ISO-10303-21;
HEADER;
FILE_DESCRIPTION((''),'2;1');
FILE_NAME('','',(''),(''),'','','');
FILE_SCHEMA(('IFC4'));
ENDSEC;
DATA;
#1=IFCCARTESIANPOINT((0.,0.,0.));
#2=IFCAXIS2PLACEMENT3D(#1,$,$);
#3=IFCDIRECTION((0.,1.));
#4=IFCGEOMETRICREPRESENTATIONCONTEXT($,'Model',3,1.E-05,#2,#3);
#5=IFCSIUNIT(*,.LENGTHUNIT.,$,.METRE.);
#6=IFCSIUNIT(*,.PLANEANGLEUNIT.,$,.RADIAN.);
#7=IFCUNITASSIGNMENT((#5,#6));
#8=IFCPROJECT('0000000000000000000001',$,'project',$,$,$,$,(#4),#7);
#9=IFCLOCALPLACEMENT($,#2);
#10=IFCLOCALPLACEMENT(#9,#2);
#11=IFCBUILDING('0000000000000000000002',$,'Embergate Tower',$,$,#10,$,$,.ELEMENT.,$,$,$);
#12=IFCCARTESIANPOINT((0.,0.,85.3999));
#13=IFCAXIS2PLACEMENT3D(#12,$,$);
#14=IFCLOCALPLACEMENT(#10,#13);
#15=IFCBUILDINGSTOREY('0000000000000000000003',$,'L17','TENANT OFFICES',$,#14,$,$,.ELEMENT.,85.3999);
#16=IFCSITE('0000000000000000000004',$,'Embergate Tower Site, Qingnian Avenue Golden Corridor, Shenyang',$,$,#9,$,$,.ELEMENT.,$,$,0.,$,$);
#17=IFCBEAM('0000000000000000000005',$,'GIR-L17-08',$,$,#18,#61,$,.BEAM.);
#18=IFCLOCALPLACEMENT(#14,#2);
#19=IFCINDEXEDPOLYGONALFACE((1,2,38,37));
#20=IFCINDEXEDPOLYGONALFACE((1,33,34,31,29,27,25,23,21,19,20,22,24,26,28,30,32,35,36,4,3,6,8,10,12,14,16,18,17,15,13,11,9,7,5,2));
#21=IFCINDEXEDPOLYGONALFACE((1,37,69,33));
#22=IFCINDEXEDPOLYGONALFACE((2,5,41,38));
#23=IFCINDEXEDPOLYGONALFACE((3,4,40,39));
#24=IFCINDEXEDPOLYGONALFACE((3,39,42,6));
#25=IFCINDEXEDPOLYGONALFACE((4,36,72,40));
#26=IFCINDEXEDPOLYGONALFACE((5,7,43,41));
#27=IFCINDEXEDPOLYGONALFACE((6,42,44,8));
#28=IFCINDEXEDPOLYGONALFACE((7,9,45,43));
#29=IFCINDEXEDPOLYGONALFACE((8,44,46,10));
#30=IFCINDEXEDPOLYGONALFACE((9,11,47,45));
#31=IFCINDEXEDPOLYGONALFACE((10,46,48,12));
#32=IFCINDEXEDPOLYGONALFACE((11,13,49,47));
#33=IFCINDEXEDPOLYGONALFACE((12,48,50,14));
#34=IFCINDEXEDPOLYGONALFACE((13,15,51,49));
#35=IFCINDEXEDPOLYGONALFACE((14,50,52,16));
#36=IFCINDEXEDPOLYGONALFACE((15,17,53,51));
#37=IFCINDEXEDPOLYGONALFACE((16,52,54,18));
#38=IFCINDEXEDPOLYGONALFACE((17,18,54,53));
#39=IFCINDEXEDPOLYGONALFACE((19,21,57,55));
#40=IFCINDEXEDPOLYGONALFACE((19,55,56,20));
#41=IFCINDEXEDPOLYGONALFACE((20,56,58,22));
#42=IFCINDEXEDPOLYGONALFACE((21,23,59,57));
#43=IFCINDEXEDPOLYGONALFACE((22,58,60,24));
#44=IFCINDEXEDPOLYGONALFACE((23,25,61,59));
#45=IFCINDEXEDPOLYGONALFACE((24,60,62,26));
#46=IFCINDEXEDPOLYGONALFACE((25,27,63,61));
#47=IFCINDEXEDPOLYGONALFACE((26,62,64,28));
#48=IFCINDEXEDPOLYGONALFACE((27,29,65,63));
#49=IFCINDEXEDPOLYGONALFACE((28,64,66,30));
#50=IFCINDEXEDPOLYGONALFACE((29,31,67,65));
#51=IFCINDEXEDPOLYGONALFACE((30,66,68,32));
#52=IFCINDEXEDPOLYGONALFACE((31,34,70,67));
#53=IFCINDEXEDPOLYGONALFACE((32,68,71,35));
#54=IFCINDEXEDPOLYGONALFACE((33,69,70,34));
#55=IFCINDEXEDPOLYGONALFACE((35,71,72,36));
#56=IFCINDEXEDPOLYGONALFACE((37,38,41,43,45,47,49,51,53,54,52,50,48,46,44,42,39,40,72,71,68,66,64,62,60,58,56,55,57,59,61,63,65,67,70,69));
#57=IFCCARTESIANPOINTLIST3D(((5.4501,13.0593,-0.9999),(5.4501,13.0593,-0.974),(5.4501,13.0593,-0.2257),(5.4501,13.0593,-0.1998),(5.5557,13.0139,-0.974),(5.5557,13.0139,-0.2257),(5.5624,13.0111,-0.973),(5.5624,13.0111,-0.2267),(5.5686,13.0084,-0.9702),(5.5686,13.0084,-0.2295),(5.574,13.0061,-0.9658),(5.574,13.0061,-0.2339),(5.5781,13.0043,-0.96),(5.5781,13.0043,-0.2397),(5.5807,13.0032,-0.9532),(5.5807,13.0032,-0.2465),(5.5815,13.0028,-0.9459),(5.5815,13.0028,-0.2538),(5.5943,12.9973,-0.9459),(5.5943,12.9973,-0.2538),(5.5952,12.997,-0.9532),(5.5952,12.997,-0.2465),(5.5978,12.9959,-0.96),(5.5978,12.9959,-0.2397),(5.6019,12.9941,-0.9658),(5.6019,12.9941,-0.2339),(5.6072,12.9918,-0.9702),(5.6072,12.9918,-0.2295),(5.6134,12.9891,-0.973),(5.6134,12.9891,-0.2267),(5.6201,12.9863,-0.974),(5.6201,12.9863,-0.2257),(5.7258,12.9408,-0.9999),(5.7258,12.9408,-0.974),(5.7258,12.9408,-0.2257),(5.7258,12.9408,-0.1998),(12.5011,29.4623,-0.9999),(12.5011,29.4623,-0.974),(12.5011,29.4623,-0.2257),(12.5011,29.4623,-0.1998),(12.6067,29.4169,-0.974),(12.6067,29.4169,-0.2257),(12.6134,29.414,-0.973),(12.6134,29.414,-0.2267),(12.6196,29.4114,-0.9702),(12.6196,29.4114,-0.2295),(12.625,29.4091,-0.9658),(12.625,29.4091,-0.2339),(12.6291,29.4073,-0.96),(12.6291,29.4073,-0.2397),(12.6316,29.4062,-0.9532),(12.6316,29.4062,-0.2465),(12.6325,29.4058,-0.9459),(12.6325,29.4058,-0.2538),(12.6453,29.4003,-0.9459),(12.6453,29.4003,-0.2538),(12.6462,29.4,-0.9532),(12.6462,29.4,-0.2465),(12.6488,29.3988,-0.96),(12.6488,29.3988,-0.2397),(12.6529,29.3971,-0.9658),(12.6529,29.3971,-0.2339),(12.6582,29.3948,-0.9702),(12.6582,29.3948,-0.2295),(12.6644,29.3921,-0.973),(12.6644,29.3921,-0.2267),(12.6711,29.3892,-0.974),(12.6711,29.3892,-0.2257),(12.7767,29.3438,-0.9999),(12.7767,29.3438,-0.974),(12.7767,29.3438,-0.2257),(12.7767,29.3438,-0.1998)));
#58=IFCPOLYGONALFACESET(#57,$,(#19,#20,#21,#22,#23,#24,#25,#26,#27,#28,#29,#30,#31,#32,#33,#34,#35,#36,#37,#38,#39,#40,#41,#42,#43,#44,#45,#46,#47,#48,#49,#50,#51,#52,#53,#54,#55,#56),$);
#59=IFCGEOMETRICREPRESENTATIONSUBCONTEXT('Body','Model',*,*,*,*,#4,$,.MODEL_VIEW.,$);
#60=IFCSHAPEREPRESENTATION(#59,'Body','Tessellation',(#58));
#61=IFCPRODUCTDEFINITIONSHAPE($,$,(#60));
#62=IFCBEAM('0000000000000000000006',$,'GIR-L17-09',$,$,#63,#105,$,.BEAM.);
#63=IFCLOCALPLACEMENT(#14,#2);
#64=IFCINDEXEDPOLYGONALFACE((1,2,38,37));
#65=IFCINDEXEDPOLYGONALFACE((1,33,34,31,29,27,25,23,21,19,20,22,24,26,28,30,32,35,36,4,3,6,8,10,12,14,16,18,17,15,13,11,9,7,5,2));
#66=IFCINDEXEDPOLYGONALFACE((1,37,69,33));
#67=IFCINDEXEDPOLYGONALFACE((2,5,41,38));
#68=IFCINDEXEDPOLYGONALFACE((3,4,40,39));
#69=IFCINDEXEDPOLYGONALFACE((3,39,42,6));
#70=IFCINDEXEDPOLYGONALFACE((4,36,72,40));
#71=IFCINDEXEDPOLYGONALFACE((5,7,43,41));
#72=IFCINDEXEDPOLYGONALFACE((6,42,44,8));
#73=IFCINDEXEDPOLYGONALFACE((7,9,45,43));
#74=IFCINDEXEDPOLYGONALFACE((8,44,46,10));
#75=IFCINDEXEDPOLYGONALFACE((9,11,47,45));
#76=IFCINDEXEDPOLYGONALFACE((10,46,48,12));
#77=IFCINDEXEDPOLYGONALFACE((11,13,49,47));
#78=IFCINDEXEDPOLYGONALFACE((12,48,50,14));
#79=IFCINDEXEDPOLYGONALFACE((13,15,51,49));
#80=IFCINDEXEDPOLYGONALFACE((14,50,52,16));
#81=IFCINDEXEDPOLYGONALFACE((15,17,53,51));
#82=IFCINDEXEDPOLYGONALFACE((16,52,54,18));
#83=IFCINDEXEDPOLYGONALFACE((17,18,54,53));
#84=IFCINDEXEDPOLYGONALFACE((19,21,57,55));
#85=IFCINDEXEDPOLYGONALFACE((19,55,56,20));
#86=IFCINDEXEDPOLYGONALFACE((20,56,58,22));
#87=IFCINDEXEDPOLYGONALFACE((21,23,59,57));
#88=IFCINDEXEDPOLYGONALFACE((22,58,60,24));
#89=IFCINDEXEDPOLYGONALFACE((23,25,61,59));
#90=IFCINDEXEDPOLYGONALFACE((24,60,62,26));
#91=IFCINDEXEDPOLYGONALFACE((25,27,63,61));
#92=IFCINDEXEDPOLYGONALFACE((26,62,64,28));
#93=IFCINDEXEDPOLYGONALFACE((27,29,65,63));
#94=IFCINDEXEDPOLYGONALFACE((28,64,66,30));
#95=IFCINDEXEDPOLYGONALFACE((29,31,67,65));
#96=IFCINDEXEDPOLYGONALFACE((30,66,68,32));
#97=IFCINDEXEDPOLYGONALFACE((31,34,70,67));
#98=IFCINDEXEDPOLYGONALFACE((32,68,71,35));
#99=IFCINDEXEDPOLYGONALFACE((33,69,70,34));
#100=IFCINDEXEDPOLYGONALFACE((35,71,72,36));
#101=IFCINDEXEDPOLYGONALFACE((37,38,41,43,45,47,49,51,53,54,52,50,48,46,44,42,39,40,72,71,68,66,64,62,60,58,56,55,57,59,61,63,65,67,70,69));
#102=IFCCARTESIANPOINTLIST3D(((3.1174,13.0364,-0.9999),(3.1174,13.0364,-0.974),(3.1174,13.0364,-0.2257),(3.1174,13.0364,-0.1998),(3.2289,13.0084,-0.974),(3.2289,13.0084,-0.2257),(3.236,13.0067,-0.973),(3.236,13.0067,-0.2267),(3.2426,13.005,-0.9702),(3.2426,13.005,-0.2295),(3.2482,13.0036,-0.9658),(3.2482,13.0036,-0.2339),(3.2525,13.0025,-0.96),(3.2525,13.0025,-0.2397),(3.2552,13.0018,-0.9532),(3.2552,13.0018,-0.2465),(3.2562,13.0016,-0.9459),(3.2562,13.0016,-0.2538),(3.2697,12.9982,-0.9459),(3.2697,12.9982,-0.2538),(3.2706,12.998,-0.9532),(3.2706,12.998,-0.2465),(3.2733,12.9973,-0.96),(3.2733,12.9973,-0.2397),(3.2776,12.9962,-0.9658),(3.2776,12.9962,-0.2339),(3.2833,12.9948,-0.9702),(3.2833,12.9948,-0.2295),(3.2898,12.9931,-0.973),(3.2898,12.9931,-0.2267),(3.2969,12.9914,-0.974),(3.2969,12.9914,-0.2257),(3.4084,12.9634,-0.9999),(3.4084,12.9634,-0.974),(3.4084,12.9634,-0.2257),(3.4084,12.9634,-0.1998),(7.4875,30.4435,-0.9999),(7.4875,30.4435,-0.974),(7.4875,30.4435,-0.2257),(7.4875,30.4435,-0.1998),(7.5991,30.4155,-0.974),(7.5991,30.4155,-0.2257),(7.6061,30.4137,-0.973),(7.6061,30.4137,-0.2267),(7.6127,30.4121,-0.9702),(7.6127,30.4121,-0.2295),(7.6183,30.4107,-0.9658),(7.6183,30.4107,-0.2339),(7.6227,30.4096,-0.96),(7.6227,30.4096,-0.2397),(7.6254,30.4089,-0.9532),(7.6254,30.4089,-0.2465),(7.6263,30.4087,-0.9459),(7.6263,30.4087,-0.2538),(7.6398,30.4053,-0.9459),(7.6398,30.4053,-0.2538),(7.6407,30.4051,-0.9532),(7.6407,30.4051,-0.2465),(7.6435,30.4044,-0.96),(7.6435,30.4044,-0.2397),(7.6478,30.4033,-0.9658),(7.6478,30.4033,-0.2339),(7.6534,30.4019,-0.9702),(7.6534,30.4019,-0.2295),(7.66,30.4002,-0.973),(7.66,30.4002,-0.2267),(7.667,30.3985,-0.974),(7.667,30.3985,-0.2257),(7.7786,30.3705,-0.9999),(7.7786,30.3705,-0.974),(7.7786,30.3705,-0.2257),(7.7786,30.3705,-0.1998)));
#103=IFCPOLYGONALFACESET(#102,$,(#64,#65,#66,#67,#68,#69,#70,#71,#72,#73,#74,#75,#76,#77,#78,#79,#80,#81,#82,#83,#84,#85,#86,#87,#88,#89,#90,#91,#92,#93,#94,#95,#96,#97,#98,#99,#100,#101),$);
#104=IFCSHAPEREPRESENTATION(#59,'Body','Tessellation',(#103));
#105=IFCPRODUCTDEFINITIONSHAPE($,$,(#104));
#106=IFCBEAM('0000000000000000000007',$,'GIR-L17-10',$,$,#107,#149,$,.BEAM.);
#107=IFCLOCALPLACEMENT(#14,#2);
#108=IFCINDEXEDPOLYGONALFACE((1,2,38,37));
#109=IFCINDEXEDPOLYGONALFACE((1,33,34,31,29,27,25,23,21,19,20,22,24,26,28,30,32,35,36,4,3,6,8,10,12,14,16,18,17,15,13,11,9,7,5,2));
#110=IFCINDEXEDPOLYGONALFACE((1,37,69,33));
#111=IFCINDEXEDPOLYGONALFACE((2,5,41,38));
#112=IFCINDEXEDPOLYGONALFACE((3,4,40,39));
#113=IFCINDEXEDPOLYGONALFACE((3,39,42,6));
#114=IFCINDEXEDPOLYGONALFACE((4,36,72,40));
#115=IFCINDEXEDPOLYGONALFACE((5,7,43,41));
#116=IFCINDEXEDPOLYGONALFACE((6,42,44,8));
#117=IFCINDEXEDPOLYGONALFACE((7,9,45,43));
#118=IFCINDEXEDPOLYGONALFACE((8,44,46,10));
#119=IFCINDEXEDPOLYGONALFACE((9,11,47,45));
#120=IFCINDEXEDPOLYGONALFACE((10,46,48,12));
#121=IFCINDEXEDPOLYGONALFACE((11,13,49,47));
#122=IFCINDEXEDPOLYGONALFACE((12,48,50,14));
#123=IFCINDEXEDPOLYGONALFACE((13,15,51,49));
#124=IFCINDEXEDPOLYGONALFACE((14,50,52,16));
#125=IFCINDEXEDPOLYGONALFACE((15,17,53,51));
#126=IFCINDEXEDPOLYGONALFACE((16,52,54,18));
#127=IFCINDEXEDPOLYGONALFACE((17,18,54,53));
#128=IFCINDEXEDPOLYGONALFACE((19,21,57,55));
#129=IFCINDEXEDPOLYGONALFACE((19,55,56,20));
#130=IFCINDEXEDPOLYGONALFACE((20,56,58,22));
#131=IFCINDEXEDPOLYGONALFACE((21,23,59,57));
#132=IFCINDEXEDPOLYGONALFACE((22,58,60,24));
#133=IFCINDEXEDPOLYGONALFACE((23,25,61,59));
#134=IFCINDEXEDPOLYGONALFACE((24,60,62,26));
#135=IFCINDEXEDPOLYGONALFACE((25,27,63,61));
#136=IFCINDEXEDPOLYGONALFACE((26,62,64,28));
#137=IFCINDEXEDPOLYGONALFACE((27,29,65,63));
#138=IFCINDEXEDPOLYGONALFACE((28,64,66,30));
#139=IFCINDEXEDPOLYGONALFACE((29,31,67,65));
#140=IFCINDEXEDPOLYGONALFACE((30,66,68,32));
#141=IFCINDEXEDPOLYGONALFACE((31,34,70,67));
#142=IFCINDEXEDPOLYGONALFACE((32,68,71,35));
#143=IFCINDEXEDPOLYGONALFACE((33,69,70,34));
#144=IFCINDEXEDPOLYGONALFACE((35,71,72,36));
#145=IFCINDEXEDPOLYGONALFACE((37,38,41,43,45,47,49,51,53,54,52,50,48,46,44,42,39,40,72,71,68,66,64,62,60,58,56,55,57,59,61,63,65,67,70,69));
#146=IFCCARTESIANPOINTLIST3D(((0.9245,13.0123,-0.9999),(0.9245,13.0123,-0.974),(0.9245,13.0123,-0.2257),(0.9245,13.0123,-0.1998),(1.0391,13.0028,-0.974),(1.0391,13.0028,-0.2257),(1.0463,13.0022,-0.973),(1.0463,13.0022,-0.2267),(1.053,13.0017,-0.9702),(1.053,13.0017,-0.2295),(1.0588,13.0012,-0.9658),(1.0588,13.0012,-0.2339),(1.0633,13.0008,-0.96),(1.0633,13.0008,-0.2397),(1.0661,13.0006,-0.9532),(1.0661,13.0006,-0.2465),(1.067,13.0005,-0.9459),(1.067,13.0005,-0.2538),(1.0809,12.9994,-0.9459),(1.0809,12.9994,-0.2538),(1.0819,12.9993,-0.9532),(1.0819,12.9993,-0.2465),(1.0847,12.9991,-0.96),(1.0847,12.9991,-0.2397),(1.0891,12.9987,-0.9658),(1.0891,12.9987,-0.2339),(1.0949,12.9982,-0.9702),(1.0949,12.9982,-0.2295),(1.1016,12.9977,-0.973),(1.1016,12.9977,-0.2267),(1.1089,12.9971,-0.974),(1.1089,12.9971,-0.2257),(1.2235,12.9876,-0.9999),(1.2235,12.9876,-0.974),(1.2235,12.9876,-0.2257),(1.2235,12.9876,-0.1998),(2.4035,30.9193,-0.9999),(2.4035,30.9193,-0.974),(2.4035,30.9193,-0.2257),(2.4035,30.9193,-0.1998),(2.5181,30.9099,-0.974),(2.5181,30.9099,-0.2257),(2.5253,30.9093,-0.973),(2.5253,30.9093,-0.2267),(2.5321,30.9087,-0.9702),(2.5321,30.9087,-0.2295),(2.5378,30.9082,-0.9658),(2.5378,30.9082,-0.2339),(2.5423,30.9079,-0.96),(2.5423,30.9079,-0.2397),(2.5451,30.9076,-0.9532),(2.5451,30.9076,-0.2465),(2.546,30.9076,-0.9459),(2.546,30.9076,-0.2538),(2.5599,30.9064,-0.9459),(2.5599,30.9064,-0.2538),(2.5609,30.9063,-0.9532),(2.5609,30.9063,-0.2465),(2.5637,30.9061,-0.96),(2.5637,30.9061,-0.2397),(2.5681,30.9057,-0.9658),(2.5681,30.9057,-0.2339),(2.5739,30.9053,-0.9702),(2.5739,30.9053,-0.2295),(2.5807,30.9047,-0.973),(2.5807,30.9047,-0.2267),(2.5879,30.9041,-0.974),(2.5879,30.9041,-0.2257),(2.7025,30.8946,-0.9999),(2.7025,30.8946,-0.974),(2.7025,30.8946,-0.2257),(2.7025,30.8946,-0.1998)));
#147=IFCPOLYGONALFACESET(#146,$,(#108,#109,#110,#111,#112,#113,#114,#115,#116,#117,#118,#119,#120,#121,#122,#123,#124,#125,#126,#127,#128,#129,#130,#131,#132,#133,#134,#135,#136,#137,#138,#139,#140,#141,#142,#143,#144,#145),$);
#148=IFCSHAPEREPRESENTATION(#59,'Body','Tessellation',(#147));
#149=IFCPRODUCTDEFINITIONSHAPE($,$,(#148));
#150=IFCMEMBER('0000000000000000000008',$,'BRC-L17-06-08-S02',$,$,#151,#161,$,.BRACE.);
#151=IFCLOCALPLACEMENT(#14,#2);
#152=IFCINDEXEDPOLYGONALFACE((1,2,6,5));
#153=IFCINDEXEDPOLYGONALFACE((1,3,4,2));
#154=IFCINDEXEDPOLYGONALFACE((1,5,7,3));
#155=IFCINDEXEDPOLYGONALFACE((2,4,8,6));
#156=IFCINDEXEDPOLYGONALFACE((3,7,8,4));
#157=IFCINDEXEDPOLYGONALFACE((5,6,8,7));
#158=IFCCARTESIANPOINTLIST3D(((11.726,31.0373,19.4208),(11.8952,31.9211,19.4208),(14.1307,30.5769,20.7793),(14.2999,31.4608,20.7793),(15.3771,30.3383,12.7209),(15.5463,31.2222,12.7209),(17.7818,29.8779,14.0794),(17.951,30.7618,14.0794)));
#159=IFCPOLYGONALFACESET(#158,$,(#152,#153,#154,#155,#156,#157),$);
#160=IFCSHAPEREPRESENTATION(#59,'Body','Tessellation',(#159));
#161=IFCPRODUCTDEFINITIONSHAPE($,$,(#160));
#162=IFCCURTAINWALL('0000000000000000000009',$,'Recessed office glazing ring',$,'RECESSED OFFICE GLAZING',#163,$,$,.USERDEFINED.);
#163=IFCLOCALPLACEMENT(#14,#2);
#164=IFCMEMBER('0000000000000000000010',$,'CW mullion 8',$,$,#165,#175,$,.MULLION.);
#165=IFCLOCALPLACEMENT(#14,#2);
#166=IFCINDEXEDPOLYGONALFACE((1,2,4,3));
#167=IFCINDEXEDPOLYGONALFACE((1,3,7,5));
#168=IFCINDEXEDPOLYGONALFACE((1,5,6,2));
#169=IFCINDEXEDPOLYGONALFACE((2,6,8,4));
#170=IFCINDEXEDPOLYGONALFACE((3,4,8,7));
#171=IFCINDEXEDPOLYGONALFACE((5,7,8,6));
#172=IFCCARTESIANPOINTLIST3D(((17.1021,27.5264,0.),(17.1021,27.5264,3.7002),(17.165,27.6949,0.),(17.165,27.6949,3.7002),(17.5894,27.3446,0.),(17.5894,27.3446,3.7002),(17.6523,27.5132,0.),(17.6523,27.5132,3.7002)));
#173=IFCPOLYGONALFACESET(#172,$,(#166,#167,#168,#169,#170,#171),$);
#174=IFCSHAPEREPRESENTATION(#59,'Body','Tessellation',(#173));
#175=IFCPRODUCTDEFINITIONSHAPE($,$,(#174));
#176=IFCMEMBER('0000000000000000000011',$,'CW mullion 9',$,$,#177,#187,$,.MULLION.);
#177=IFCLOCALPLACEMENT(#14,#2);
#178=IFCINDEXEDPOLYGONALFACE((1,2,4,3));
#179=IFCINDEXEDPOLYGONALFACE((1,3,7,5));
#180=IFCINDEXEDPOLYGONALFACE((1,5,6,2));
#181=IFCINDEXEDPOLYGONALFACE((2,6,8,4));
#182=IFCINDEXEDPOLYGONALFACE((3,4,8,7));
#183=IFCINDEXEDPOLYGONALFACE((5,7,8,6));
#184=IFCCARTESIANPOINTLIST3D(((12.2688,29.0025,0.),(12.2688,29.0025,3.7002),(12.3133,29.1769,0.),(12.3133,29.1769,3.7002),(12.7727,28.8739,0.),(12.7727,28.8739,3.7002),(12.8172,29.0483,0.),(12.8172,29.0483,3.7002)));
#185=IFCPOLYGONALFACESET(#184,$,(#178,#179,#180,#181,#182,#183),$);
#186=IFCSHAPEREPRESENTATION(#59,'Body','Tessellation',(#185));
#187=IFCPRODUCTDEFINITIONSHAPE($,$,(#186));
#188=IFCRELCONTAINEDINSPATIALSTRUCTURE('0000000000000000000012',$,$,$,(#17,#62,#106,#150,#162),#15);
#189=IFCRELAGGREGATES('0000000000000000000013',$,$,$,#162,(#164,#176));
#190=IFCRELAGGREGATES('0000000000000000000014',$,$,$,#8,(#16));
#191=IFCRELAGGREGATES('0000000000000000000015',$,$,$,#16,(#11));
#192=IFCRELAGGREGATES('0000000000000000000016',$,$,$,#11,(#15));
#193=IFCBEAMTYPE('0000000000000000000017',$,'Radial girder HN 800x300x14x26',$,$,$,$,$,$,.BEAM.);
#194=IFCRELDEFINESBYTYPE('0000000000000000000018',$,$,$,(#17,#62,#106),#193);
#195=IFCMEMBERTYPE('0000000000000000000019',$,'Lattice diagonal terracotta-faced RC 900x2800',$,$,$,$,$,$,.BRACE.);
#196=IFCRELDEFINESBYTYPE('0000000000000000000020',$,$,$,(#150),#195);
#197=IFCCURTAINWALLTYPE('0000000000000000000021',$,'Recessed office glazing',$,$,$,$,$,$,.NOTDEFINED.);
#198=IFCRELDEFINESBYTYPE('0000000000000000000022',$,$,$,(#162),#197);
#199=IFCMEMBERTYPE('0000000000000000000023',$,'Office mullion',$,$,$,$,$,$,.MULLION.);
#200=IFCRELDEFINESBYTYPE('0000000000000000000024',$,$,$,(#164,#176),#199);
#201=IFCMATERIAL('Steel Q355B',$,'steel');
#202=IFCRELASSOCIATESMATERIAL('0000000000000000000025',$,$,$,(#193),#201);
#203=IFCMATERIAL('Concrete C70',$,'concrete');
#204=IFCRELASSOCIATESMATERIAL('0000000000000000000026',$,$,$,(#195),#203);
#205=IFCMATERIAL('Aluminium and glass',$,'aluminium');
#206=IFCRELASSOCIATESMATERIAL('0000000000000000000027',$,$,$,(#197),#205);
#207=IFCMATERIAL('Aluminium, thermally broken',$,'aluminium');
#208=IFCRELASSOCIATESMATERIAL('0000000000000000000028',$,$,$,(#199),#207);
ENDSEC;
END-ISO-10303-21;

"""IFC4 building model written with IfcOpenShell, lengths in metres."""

from ifc_helpers import new_model, si_unit, direction, frame, origin, origin_2d, place, context, subcontext, project, spatial, rectangle, i_section, extrude, source, transform, mapped, material, material_profile, profile_set, type_object, element, aggregate, save


model = new_model("IFC4")

# Units and contexts
model_context = context("Model", 3, precision=1e-05, world=origin(), true_north=direction((0.0, 1.0)))
body_context = subcontext(model_context, "Body", "Model", "MODEL_VIEW")
ifc_project = project(units=[si_unit("LENGTHUNIT", "METRE"), si_unit("PLANEANGLEUNIT", "RADIAN")], contexts=[model_context])

# Site, building, storey
site_placement = place(None, origin())
site = spatial("IfcSite", under=ifc_project, at=site_placement, Name="Embergate Tower Site, Qingnian Avenue Golden Corridor, Shenyang", CompositionType="ELEMENT", RefElevation=0.0)
building_placement = place(site_placement, origin())
building = spatial("IfcBuilding", under=site, at=building_placement, Name="Embergate Tower", CompositionType="ELEMENT")
storey_placement = place(building_placement, frame((0.0, 0.0, 85.3999)))
storey = spatial("IfcBuildingStorey", under=building, at=storey_placement, Name="L17", Description="TENANT OFFICES", CompositionType="ELEMENT", Elevation=85.3999)

# Shared definitions
ifc_material_1 = material(Name="Concrete C70", Category="concrete")

# Beams
ifc_material_2 = material(Name="Steel Q355B", Category="steel")
ifc_material_profile_1 = material_profile(ifc_material_2, i_section(OverallWidth=0.3, OverallDepth=0.8, WebThickness=0.0139, FlangeThickness=0.0259, FilletRadius=0.0281, at=origin_2d()), Name="HN 800x300x14x26")
ifc_profile_set_1 = profile_set([ifc_material_profile_1], Name="Steel Q355 grade B")
beam_type_1 = type_object("IfcBeamType", Name="Radial girder HN 800x300x14x26", PredefinedType="BEAM", material=ifc_profile_set_1)
shared_shape_1 = source(origin(), body_context, "Body", "SweptSolid", [
    extrude(i_section(OverallWidth=0.3, OverallDepth=0.8, WebThickness=0.0139, FlangeThickness=0.0259, FilletRadius=0.0281, at=origin_2d()), origin(), (0.0, 0.0, 1.0), 17.8542),
])
beam_1_placement = place(storey_placement, frame((12.6389, 29.4031, -0.5999), z_axis=(-0.394919, -0.918716, 0.0), x_axis=(0.918716, -0.394919, 0.0)))
element("IfcBeam", 1, at=beam_1_placement, inside=storey, type_object=beam_type_1, Name="GIR-L17-08", PredefinedType="BEAM", context=body_context, shape_type="MappedRepresentation", body=[
    mapped(shared_shape_1, transform((0.0, 0.0, 0.0))),
])
shared_shape_2 = source(origin(), body_context, "Body", "SweptSolid", [
    extrude(i_section(OverallWidth=0.3, OverallDepth=0.8, WebThickness=0.0139, FlangeThickness=0.0259, FilletRadius=0.0281, at=origin_2d()), origin(), (0.0, 0.0, 1.0), 17.9473),
])
beam_2_placement = place(storey_placement, frame((7.6331, 30.407, -0.5999), z_axis=(-0.243499, -0.969901, 0.0), x_axis=(0.969901, -0.243499, 0.0)))
element("IfcBeam", 2, at=beam_2_placement, inside=storey, type_object=beam_type_1, Name="GIR-L17-09", PredefinedType="BEAM", context=body_context, shape_type="MappedRepresentation", body=[
    mapped(shared_shape_2, transform((0.0, 0.0, 0.0))),
])
shared_shape_3 = source(origin(), body_context, "Body", "SweptSolid", [
    extrude(i_section(OverallWidth=0.3, OverallDepth=0.8, WebThickness=0.0139, FlangeThickness=0.0259, FilletRadius=0.0281, at=origin_2d()), origin(), (0.0, 0.0, 1.0), 17.968),
])
beam_3_placement = place(storey_placement, frame((2.553, 30.907, -0.5999), z_axis=(-0.082313, -0.996606, 0.0), x_axis=(0.996606, -0.082313, 0.0)))
element("IfcBeam", 3, at=beam_3_placement, inside=storey, type_object=beam_type_1, Name="GIR-L17-10", PredefinedType="BEAM", context=body_context, shape_type="MappedRepresentation", body=[
    mapped(shared_shape_3, transform((0.0, 0.0, 0.0))),
])

# Member
ifc_material_profile_2 = material_profile(ifc_material_1, rectangle(XDim=0.8999, YDim=2.8, at=origin_2d()), Name="RC 900x2800")
ifc_profile_set_2 = profile_set([ifc_material_profile_2], Name="Concrete C70")
member_type_1 = type_object("IfcMemberType", Name="Lattice diagonal terracotta-faced RC 900x2800", PredefinedType="BRACE", material=ifc_profile_set_2)
shared_shape_4 = source(origin(), body_context, "Body", "SweptSolid", [
    extrude(rectangle(XDim=0.8999, YDim=2.8, at=origin_2d()), origin(), (0.0, 0.0, 1.0), 7.6621),
])
member_1_placement = place(storey_placement, frame((16.6641, 30.55, 13.4001), z_axis=(-0.476514, 0.091224, 0.874421), x_axis=(-0.188026, -0.982164, 0.0)))
element("IfcMember", 4, at=member_1_placement, inside=storey, type_object=member_type_1, Name="BRC-L17-06-08-S02", PredefinedType="BRACE", context=body_context, shape_type="MappedRepresentation", body=[
    mapped(shared_shape_4, transform((0.0, 0.0, 0.0))),
])

# Curtain wall, members
ifc_material_3 = material(Name="Aluminium and glass", Category="aluminium")
curtain_wall_type = type_object("IfcCurtainWallType", Name="Recessed office glazing", PredefinedType="NOTDEFINED", material=ifc_material_3)
curtain_wall_placement = place(storey_placement, origin())
curtain_wall = element("IfcCurtainWall", 5, at=curtain_wall_placement, inside=storey, type_object=curtain_wall_type, Name="Recessed office glazing ring", ObjectType="RECESSED OFFICE GLAZING", PredefinedType="USERDEFINED")
ifc_material_4 = material(Name="Aluminium, thermally broken", Category="aluminium")
ifc_material_profile_3 = material_profile(ifc_material_4, rectangle(XDim=0.1799, YDim=0.52, at=origin_2d()), Name="AL 520x180")
ifc_profile_set_3 = profile_set([ifc_material_profile_3], Name="Aluminium, thermally broken")
member_type_2 = type_object("IfcMemberType", Name="Office mullion", PredefinedType="MULLION", material=ifc_profile_set_3)
shared_shape_5 = source(origin(), body_context, "Body", "SweptSolid", [
    extrude(rectangle(XDim=0.1799, YDim=0.52, at=origin_2d()), origin(), (0.0, 0.0, 1.0), 3.7002),
])
member_2_placement = place(storey_placement, frame((17.3772, 27.5198, 0.0), z_axis=(0.0, 0.0, 1.0), x_axis=(-0.349503, -0.936935, 0.0)))
member_2 = element("IfcMember", 6, at=member_2_placement, type_object=member_type_2, Name="CW mullion 8", PredefinedType="MULLION", context=body_context, shape_type="MappedRepresentation", body=[
    mapped(shared_shape_5, transform((0.0, 0.0, 0.0))),
])
member_3_placement = place(storey_placement, frame((12.543, 29.0254, 0.0), z_axis=(0.0, 0.0, 1.0), x_axis=(-0.247312, -0.968936, 0.0)))
member_3 = element("IfcMember", 7, at=member_3_placement, type_object=member_type_2, Name="CW mullion 9", PredefinedType="MULLION", context=body_context, shape_type="MappedRepresentation", body=[
    mapped(shared_shape_5, transform((0.0, 0.0, 0.0))),
])
aggregate(curtain_wall, [member_2, member_3])

save(model, "model.ifc")
